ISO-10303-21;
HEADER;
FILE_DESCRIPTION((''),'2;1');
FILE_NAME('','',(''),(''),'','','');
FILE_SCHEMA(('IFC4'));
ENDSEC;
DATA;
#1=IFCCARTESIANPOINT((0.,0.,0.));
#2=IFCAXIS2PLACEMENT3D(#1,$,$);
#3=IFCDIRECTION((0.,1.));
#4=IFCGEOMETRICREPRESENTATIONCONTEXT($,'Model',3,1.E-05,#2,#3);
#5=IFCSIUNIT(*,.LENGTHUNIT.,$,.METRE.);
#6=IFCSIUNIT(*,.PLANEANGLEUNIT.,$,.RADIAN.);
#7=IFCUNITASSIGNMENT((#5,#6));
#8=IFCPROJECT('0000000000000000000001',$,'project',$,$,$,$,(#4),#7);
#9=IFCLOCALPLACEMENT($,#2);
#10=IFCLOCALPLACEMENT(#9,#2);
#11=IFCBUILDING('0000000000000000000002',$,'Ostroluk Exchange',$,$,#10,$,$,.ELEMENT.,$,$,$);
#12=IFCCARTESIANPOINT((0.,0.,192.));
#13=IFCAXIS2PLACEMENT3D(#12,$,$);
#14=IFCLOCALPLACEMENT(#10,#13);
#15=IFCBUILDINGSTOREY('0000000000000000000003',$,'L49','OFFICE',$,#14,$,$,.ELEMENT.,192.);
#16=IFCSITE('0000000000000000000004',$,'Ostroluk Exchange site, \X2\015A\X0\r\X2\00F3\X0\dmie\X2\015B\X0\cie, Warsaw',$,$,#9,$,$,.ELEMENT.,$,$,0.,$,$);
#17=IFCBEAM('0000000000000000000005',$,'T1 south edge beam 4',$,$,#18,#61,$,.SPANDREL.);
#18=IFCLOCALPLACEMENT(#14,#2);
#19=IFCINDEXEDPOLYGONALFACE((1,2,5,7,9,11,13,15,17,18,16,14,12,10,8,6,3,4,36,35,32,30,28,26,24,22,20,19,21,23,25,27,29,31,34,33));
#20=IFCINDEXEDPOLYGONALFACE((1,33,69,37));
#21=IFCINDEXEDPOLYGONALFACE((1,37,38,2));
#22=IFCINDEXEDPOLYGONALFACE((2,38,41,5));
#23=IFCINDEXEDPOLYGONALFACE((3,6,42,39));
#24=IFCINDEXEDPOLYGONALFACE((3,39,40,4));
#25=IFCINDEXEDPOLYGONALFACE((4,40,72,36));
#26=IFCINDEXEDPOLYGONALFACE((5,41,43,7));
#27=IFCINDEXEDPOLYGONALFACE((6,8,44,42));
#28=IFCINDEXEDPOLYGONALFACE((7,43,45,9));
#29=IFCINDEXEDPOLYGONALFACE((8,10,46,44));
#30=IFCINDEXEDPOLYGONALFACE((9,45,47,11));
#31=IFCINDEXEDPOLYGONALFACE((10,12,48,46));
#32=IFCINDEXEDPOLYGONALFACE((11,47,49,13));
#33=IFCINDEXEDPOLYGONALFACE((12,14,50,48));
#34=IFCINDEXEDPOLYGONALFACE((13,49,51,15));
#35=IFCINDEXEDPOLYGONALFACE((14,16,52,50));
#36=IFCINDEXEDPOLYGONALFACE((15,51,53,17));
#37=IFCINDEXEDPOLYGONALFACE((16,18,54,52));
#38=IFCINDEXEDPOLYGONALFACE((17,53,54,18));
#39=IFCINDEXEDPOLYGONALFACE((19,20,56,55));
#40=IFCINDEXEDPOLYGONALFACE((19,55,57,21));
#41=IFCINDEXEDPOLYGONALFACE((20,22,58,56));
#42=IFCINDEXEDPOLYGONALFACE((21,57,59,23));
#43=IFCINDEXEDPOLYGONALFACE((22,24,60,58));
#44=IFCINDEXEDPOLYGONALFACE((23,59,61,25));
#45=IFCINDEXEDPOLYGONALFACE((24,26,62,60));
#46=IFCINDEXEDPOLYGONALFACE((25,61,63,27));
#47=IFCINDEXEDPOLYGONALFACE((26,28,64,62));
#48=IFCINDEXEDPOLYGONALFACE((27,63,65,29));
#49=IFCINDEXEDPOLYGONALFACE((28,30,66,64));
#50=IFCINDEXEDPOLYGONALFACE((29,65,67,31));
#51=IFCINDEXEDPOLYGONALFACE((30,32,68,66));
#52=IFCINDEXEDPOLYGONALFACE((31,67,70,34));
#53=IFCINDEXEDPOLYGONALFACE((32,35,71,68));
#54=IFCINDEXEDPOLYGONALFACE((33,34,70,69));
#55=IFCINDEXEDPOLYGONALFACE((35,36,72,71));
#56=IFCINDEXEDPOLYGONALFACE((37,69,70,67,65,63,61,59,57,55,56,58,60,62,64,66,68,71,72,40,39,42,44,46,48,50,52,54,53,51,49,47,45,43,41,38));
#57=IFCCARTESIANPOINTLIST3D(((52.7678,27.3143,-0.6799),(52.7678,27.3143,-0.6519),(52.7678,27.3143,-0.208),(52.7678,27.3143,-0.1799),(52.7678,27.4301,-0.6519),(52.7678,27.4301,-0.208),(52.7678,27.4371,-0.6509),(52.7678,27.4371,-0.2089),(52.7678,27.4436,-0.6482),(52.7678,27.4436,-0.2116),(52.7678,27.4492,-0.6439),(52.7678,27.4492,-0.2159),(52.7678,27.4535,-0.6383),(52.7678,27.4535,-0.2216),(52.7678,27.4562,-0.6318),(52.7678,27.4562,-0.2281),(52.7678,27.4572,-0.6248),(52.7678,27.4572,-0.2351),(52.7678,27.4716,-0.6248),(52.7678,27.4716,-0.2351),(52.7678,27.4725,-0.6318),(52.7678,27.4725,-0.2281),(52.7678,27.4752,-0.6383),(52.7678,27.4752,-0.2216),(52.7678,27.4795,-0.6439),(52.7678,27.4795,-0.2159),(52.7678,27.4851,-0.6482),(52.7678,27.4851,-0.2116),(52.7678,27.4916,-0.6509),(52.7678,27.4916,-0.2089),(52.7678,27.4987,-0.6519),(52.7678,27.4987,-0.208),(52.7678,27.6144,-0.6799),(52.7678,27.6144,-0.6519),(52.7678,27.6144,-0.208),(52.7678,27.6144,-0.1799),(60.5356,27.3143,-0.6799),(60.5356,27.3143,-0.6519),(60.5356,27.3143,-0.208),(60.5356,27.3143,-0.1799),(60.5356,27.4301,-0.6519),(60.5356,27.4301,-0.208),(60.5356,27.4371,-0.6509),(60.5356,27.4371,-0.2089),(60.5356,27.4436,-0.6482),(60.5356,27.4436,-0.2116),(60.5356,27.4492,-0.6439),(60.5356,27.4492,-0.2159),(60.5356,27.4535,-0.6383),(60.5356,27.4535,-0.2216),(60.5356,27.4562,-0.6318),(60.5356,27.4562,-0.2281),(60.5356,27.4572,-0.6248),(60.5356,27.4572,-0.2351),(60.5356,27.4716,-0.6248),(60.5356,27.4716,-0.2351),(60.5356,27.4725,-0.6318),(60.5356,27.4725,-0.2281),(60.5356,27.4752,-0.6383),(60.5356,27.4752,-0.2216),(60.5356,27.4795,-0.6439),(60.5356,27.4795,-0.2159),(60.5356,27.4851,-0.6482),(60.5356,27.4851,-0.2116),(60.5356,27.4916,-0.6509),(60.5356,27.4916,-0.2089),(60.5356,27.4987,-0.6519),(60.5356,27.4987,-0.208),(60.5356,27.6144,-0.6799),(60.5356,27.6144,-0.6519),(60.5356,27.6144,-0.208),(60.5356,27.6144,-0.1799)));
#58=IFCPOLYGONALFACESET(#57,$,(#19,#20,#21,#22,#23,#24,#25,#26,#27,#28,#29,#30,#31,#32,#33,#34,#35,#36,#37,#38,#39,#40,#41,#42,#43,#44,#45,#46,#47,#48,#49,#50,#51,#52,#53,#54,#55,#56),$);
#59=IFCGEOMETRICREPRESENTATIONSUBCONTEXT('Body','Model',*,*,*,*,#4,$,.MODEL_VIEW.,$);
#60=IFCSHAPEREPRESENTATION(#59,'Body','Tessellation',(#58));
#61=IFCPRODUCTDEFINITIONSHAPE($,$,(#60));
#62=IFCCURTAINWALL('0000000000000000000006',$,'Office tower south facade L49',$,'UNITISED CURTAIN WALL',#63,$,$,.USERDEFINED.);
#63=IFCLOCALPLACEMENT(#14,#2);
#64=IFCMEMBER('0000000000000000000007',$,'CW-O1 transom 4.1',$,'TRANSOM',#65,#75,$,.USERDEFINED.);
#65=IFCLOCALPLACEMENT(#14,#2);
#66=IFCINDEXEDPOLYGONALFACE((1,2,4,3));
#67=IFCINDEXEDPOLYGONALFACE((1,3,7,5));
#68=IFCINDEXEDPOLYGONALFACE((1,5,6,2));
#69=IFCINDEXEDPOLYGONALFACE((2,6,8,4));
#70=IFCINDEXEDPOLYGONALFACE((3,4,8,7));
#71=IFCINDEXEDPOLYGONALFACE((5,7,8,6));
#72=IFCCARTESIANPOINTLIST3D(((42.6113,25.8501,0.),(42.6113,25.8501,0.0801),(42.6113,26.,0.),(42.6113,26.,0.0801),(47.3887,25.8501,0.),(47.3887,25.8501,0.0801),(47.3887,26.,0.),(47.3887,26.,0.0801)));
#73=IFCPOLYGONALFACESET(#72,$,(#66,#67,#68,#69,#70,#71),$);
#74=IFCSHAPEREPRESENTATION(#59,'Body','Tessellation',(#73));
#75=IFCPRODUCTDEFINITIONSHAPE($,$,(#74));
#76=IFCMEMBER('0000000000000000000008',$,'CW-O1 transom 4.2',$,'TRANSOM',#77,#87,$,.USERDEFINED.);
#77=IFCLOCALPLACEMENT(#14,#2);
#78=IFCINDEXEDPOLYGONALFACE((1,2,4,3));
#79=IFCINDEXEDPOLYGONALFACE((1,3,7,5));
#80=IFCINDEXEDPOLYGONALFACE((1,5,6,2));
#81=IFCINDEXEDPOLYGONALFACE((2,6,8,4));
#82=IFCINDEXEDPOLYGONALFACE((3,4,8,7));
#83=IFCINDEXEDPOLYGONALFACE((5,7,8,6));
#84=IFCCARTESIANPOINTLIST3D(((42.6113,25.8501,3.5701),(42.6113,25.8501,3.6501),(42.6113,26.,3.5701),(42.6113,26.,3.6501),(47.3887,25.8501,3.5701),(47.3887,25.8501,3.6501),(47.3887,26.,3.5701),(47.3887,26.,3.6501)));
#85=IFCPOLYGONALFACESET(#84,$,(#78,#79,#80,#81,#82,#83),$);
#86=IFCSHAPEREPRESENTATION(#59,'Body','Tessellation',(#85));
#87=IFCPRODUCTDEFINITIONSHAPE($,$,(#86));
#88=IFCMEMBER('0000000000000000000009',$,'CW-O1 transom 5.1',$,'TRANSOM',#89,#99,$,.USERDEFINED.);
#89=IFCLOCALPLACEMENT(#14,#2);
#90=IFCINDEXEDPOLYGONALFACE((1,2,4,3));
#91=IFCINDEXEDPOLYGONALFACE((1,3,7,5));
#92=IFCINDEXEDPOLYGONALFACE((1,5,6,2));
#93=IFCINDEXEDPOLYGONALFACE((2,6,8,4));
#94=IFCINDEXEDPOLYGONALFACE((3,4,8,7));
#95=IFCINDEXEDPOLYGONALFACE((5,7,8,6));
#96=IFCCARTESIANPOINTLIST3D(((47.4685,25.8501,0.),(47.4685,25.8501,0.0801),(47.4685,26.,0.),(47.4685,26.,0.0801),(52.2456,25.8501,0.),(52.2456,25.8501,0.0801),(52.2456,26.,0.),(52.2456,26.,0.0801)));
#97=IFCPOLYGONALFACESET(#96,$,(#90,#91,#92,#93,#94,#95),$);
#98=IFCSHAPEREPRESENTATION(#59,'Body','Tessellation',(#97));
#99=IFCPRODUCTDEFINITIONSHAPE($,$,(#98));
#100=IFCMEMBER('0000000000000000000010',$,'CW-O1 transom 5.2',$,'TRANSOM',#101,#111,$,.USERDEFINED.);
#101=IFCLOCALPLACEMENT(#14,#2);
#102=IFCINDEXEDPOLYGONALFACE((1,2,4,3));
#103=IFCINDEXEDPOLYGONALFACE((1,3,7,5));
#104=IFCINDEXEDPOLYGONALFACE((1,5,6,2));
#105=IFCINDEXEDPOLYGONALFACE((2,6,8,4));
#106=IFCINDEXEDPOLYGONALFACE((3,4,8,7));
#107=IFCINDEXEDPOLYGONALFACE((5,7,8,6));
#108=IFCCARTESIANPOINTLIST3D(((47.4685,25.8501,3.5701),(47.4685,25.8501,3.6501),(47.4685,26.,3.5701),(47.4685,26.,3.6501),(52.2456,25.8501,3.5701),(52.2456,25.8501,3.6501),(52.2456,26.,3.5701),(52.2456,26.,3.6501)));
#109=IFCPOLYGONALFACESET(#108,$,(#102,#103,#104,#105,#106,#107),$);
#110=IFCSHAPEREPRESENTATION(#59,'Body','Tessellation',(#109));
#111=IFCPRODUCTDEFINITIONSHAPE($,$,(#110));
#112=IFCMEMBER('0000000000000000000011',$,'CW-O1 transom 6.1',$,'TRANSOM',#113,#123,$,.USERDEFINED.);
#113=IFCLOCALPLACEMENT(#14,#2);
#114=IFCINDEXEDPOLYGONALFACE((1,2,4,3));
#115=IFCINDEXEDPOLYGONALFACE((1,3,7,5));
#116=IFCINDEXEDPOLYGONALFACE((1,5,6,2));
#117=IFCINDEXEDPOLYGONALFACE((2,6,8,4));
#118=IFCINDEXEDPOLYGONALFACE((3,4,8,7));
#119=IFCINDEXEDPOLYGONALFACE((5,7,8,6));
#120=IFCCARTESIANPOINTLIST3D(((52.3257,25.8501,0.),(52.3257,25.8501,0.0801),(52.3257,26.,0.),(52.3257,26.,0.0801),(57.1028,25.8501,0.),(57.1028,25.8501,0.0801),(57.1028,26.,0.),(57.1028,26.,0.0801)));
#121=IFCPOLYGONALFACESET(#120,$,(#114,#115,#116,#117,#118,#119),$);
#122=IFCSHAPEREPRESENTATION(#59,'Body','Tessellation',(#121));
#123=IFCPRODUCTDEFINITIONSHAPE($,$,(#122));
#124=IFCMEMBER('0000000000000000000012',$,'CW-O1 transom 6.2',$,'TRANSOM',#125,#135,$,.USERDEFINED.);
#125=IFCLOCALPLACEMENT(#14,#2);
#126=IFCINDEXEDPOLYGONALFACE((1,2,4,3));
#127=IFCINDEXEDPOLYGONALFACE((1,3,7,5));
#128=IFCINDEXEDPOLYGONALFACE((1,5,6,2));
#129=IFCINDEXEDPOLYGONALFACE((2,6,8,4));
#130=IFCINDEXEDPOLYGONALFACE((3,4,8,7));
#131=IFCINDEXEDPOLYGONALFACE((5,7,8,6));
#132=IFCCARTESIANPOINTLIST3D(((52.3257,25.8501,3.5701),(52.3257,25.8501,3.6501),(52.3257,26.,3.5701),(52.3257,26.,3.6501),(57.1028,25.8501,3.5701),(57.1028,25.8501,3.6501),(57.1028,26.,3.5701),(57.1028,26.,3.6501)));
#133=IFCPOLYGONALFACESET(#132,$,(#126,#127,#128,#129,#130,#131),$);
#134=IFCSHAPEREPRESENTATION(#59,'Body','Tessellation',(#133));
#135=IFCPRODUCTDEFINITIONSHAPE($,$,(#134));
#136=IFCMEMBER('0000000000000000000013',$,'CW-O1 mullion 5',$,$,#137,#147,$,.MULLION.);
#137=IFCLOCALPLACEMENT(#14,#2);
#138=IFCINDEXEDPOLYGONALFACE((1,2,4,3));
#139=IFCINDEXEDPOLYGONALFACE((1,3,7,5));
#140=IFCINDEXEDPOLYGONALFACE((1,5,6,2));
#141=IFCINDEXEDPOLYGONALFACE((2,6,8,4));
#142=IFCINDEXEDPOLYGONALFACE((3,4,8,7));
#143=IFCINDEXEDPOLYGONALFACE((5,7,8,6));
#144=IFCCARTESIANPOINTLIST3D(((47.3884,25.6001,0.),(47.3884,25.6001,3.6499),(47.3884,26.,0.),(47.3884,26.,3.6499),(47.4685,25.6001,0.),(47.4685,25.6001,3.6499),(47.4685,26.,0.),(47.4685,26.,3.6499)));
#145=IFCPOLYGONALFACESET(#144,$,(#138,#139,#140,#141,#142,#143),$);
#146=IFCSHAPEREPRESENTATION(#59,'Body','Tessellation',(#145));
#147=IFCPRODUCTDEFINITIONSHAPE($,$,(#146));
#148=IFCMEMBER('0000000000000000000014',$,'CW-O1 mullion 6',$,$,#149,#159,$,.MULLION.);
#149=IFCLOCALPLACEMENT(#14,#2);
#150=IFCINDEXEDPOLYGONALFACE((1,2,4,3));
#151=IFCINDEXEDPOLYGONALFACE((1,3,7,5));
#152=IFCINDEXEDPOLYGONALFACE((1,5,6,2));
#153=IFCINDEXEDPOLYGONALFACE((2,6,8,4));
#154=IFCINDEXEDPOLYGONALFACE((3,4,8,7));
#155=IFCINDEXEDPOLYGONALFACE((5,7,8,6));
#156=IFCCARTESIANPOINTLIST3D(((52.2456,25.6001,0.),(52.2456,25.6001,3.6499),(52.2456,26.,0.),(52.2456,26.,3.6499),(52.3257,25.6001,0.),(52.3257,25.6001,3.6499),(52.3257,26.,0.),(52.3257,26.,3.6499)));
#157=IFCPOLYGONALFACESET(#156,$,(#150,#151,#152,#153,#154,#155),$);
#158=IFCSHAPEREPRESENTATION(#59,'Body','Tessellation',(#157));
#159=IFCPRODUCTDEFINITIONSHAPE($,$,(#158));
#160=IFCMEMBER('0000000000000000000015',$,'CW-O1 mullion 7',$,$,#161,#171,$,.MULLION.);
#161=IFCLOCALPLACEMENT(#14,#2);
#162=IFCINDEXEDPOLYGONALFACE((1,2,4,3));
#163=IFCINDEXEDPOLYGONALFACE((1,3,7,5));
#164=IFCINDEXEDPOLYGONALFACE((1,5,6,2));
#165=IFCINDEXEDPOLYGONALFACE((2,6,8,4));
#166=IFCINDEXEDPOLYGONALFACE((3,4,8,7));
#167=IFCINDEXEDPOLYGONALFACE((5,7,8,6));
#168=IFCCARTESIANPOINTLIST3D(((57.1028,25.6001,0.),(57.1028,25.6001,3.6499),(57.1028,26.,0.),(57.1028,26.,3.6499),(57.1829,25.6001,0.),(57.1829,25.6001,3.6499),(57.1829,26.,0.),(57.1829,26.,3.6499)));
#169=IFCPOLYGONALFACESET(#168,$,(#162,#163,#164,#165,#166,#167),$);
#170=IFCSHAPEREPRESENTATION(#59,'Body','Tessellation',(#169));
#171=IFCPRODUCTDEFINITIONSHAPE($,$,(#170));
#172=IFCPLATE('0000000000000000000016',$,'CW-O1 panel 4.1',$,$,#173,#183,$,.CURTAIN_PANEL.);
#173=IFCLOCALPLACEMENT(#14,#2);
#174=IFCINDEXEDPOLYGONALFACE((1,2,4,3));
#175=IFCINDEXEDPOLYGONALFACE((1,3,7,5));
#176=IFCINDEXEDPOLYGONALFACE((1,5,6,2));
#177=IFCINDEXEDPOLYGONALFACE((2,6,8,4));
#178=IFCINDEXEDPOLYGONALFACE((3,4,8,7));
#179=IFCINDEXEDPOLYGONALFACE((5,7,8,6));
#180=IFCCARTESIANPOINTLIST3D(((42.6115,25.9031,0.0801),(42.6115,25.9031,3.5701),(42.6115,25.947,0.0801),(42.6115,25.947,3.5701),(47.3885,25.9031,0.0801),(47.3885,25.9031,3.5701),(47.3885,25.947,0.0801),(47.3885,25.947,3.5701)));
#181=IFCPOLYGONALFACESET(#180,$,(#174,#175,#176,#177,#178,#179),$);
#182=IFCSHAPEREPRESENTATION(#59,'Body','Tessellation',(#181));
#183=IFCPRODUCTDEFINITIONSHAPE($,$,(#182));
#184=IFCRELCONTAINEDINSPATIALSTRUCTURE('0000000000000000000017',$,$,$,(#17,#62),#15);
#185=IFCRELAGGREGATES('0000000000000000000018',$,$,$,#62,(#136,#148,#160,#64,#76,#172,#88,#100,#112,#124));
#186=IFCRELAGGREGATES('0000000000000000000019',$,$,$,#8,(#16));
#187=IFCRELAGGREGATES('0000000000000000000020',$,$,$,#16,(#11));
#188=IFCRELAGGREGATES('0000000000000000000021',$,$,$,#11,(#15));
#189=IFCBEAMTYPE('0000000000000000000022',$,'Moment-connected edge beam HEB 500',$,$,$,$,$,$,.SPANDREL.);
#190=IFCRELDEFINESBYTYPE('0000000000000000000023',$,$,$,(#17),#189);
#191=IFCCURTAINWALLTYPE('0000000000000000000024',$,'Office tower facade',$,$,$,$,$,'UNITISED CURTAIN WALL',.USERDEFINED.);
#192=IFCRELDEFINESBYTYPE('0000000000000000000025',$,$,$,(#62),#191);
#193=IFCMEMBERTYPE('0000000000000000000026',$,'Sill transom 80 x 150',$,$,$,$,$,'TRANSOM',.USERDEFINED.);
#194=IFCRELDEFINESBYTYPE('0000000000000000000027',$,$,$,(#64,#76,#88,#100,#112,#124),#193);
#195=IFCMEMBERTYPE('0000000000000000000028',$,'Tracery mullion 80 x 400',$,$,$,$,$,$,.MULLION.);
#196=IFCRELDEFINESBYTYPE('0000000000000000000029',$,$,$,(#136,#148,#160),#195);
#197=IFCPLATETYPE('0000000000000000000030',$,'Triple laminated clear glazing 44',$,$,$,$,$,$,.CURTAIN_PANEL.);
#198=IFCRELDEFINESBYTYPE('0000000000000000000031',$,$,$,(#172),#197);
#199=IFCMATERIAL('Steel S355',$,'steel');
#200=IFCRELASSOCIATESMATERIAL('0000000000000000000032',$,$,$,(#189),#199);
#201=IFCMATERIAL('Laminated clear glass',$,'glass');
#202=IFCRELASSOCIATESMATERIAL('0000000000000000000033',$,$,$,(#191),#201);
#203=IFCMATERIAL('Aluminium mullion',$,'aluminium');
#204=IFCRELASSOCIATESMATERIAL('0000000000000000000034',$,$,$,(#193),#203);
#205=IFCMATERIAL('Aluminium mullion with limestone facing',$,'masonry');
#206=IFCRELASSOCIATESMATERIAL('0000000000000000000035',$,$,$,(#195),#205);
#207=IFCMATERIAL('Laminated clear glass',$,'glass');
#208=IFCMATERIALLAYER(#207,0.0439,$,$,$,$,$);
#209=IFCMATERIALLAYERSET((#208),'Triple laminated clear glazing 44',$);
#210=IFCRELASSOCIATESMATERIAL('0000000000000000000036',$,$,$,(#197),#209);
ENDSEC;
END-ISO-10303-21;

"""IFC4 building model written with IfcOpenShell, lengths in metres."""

from ifc_helpers import new_model, si_unit, direction, frame, origin, origin_2d, place, context, subcontext, project, spatial, rectangle, i_section, extrude, material, layer, layer_set, material_profile, profile_set, type_object, element, aggregate, save


model = new_model("IFC4")

# Units and contexts
model_context = context("Model", 3, precision=1e-05, world=origin(), true_north=direction((0.0, 1.0)))
body_context = subcontext(model_context, "Body", "Model", "MODEL_VIEW")
ifc_project = project(units=[si_unit("LENGTHUNIT", "METRE"), si_unit("PLANEANGLEUNIT", "RADIAN")], contexts=[model_context])

# Site, building, storey
site_placement = place(None, origin())
site = spatial("IfcSite", under=ifc_project, at=site_placement, Name="Ostroluk Exchange site, Śródmieście, Warsaw", CompositionType="ELEMENT", RefElevation=0.0)
building_placement = place(site_placement, origin())
building = spatial("IfcBuilding", under=site, at=building_placement, Name="Ostroluk Exchange", CompositionType="ELEMENT")
storey_placement = place(building_placement, frame((0.0, 0.0, 192.0)))
storey = spatial("IfcBuildingStorey", under=building, at=storey_placement, Name="L49", Description="OFFICE", CompositionType="ELEMENT", Elevation=192.0)

# Beam
ifc_material_1 = material(Name="Steel S355", Category="steel")
ifc_material_profile_1 = material_profile(ifc_material_1, i_section(OverallWidth=0.3, OverallDepth=0.5, WebThickness=0.0144, FlangeThickness=0.0281, FilletRadius=0.0271, at=origin_2d()), Name="HEB 500")
ifc_profile_set_1 = profile_set([ifc_material_profile_1], Name="Steel S355")
beam_type = type_object("IfcBeamType", Name="Moment-connected edge beam HEB 500", PredefinedType="SPANDREL", material=ifc_profile_set_1)
for number, where, z_axis, x_axis, name in (
    (1, (52.7678, 27.4644, -0.4299), (1.0, 0.0, 0.0), (0.0, 1.0, 0.0), "T1 south edge beam 4"),
):
    element("IfcBeam", number, at=place(storey_placement, frame(where, z_axis=z_axis, x_axis=x_axis)), inside=storey, type_object=beam_type, Name=name, PredefinedType="SPANDREL", context=body_context, shape_type="SweptSolid", body=[
        extrude(i_section(OverallWidth=0.3, OverallDepth=0.5, WebThickness=0.0144, FlangeThickness=0.0281, FilletRadius=0.0271, at=origin_2d()), origin(), (0.0, 0.0, 1.0), 7.7678),
    ])

# Curtain wall, members, plate
ifc_material_2 = material(Name="Laminated clear glass", Category="glass")
curtain_wall_type = type_object("IfcCurtainWallType", Name="Office tower facade", ElementType="UNITISED CURTAIN WALL", PredefinedType="USERDEFINED", material=ifc_material_2)
curtain_wall_placement = place(storey_placement, origin())
curtain_wall = element("IfcCurtainWall", 2, at=curtain_wall_placement, inside=storey, type_object=curtain_wall_type, Name="Office tower south facade L49", ObjectType="UNITISED CURTAIN WALL", PredefinedType="USERDEFINED")
ifc_material_3 = material(Name="Aluminium mullion", Category="aluminium")
ifc_material_profile_2 = material_profile(ifc_material_3, rectangle(XDim=0.1499, YDim=0.0801, at=origin_2d()), Name="Sill transom 80 x 150")
ifc_profile_set_2 = profile_set([ifc_material_profile_2], Name="Aluminium mullion")
member_type_1 = type_object("IfcMemberType", Name="Sill transom 80 x 150", ElementType="TRANSOM", PredefinedType="USERDEFINED", material=ifc_profile_set_2)
member_1_placement = place(storey_placement, frame((42.6113, 25.925, 0.04), z_axis=(1.0, 0.0, 0.0), x_axis=(0.0, 1.0, 0.0)))
member_1 = element("IfcMember", 3, at=member_1_placement, type_object=member_type_1, Name="CW-O1 transom 4.1", ObjectType="TRANSOM", PredefinedType="USERDEFINED", context=body_context, shape_type="SweptSolid", body=[
    extrude(rectangle(XDim=0.1499, YDim=0.0801, at=origin_2d()), origin(), (0.0, 0.0, 1.0), 4.7773),
])
member_2_placement = place(storey_placement, frame((42.6113, 25.925, 3.6101), z_axis=(1.0, 0.0, 0.0), x_axis=(0.0, 1.0, 0.0)))
member_2 = element("IfcMember", 4, at=member_2_placement, type_object=member_type_1, Name="CW-O1 transom 4.2", ObjectType="TRANSOM", PredefinedType="USERDEFINED", context=body_context, shape_type="SweptSolid", body=[
    extrude(rectangle(XDim=0.1499, YDim=0.0801, at=origin_2d()), origin(), (0.0, 0.0, 1.0), 4.7773),
])
member_3_placement = place(storey_placement, frame((47.4685, 25.925, 0.04), z_axis=(1.0, 0.0, 0.0), x_axis=(0.0, 1.0, 0.0)))
member_3 = element("IfcMember", 5, at=member_3_placement, type_object=member_type_1, Name="CW-O1 transom 5.1", ObjectType="TRANSOM", PredefinedType="USERDEFINED", context=body_context, shape_type="SweptSolid", body=[
    extrude(rectangle(XDim=0.1499, YDim=0.0801, at=origin_2d()), origin(), (0.0, 0.0, 1.0), 4.7771),
])
member_4_placement = place(storey_placement, frame((47.4685, 25.925, 3.6101), z_axis=(1.0, 0.0, 0.0), x_axis=(0.0, 1.0, 0.0)))
member_4 = element("IfcMember", 6, at=member_4_placement, type_object=member_type_1, Name="CW-O1 transom 5.2", ObjectType="TRANSOM", PredefinedType="USERDEFINED", context=body_context, shape_type="SweptSolid", body=[
    extrude(rectangle(XDim=0.1499, YDim=0.0801, at=origin_2d()), origin(), (0.0, 0.0, 1.0), 4.7771),
])
member_5_placement = place(storey_placement, frame((52.3257, 25.925, 0.04), z_axis=(1.0, 0.0, 0.0), x_axis=(0.0, 1.0, 0.0)))
member_5 = element("IfcMember", 7, at=member_5_placement, type_object=member_type_1, Name="CW-O1 transom 6.1", ObjectType="TRANSOM", PredefinedType="USERDEFINED", context=body_context, shape_type="SweptSolid", body=[
    extrude(rectangle(XDim=0.1499, YDim=0.0801, at=origin_2d()), origin(), (0.0, 0.0, 1.0), 4.7771),
])
member_6_placement = place(storey_placement, frame((52.3257, 25.925, 3.6101), z_axis=(1.0, 0.0, 0.0), x_axis=(0.0, 1.0, 0.0)))
member_6 = element("IfcMember", 8, at=member_6_placement, type_object=member_type_1, Name="CW-O1 transom 6.2", ObjectType="TRANSOM", PredefinedType="USERDEFINED", context=body_context, shape_type="SweptSolid", body=[
    extrude(rectangle(XDim=0.1499, YDim=0.0801, at=origin_2d()), origin(), (0.0, 0.0, 1.0), 4.7771),
])
ifc_material_4 = material(Name="Aluminium mullion with limestone facing", Category="masonry")
ifc_material_profile_3 = material_profile(ifc_material_4, rectangle(XDim=0.3999, YDim=0.0801, at=origin_2d()), Name="Tracery mullion 80 x 400")
ifc_profile_set_3 = profile_set([ifc_material_profile_3], Name="Aluminium mullion with limestone facing")
member_type_2 = type_object("IfcMemberType", Name="Tracery mullion 80 x 400", PredefinedType="MULLION", material=ifc_profile_set_3)
member_7_placement = place(storey_placement, frame((47.4285, 25.8, 0.0), z_axis=(0.0, 0.0, 1.0), x_axis=(0.0, 1.0, 0.0)))
member_7 = element("IfcMember", 9, at=member_7_placement, type_object=member_type_2, Name="CW-O1 mullion 5", PredefinedType="MULLION", context=body_context, shape_type="SweptSolid", body=[
    extrude(rectangle(XDim=0.3999, YDim=0.0801, at=origin_2d()), origin(), (0.0, 0.0, 1.0), 3.6499),
])
member_8_placement = place(storey_placement, frame((52.2856, 25.8, 0.0), z_axis=(0.0, 0.0, 1.0), x_axis=(0.0, 1.0, 0.0)))
member_8 = element("IfcMember", 10, at=member_8_placement, type_object=member_type_2, Name="CW-O1 mullion 6", PredefinedType="MULLION", context=body_context, shape_type="SweptSolid", body=[
    extrude(rectangle(XDim=0.3999, YDim=0.0801, at=origin_2d()), origin(), (0.0, 0.0, 1.0), 3.6499),
])
member_9_placement = place(storey_placement, frame((57.1428, 25.8, 0.0), z_axis=(0.0, 0.0, 1.0), x_axis=(0.0, 1.0, 0.0)))
member_9 = element("IfcMember", 11, at=member_9_placement, type_object=member_type_2, Name="CW-O1 mullion 7", PredefinedType="MULLION", context=body_context, shape_type="SweptSolid", body=[
    extrude(rectangle(XDim=0.3999, YDim=0.0801, at=origin_2d()), origin(), (0.0, 0.0, 1.0), 3.6499),
])
ifc_material_5 = material(Name="Laminated clear glass", Category="glass")
ifc_layer_1 = layer(ifc_material_5, 0.0439)
ifc_layer_set_1 = layer_set([ifc_layer_1], Name="Triple laminated clear glazing 44")
plate_type = type_object("IfcPlateType", Name="Triple laminated clear glazing 44", PredefinedType="CURTAIN_PANEL", material=ifc_layer_set_1)
plate_1_placement = place(storey_placement, frame((45.0, 25.925, 0.0801), z_axis=(0.0, 0.0, 1.0), x_axis=(1.0, 0.0, 0.0)))
plate_1 = element("IfcPlate", 12, at=plate_1_placement, type_object=plate_type, Name="CW-O1 panel 4.1", PredefinedType="CURTAIN_PANEL", context=body_context, shape_type="SweptSolid", body=[
    extrude(rectangle(XDim=4.7771, YDim=0.0439, at=origin_2d()), origin(), (0.0, 0.0, 1.0), 3.49),
])
aggregate(curtain_wall, [member_7, member_8, member_9, member_1, member_2, plate_1, member_3, member_4, member_5, member_6])

save(model, "model.ifc")
